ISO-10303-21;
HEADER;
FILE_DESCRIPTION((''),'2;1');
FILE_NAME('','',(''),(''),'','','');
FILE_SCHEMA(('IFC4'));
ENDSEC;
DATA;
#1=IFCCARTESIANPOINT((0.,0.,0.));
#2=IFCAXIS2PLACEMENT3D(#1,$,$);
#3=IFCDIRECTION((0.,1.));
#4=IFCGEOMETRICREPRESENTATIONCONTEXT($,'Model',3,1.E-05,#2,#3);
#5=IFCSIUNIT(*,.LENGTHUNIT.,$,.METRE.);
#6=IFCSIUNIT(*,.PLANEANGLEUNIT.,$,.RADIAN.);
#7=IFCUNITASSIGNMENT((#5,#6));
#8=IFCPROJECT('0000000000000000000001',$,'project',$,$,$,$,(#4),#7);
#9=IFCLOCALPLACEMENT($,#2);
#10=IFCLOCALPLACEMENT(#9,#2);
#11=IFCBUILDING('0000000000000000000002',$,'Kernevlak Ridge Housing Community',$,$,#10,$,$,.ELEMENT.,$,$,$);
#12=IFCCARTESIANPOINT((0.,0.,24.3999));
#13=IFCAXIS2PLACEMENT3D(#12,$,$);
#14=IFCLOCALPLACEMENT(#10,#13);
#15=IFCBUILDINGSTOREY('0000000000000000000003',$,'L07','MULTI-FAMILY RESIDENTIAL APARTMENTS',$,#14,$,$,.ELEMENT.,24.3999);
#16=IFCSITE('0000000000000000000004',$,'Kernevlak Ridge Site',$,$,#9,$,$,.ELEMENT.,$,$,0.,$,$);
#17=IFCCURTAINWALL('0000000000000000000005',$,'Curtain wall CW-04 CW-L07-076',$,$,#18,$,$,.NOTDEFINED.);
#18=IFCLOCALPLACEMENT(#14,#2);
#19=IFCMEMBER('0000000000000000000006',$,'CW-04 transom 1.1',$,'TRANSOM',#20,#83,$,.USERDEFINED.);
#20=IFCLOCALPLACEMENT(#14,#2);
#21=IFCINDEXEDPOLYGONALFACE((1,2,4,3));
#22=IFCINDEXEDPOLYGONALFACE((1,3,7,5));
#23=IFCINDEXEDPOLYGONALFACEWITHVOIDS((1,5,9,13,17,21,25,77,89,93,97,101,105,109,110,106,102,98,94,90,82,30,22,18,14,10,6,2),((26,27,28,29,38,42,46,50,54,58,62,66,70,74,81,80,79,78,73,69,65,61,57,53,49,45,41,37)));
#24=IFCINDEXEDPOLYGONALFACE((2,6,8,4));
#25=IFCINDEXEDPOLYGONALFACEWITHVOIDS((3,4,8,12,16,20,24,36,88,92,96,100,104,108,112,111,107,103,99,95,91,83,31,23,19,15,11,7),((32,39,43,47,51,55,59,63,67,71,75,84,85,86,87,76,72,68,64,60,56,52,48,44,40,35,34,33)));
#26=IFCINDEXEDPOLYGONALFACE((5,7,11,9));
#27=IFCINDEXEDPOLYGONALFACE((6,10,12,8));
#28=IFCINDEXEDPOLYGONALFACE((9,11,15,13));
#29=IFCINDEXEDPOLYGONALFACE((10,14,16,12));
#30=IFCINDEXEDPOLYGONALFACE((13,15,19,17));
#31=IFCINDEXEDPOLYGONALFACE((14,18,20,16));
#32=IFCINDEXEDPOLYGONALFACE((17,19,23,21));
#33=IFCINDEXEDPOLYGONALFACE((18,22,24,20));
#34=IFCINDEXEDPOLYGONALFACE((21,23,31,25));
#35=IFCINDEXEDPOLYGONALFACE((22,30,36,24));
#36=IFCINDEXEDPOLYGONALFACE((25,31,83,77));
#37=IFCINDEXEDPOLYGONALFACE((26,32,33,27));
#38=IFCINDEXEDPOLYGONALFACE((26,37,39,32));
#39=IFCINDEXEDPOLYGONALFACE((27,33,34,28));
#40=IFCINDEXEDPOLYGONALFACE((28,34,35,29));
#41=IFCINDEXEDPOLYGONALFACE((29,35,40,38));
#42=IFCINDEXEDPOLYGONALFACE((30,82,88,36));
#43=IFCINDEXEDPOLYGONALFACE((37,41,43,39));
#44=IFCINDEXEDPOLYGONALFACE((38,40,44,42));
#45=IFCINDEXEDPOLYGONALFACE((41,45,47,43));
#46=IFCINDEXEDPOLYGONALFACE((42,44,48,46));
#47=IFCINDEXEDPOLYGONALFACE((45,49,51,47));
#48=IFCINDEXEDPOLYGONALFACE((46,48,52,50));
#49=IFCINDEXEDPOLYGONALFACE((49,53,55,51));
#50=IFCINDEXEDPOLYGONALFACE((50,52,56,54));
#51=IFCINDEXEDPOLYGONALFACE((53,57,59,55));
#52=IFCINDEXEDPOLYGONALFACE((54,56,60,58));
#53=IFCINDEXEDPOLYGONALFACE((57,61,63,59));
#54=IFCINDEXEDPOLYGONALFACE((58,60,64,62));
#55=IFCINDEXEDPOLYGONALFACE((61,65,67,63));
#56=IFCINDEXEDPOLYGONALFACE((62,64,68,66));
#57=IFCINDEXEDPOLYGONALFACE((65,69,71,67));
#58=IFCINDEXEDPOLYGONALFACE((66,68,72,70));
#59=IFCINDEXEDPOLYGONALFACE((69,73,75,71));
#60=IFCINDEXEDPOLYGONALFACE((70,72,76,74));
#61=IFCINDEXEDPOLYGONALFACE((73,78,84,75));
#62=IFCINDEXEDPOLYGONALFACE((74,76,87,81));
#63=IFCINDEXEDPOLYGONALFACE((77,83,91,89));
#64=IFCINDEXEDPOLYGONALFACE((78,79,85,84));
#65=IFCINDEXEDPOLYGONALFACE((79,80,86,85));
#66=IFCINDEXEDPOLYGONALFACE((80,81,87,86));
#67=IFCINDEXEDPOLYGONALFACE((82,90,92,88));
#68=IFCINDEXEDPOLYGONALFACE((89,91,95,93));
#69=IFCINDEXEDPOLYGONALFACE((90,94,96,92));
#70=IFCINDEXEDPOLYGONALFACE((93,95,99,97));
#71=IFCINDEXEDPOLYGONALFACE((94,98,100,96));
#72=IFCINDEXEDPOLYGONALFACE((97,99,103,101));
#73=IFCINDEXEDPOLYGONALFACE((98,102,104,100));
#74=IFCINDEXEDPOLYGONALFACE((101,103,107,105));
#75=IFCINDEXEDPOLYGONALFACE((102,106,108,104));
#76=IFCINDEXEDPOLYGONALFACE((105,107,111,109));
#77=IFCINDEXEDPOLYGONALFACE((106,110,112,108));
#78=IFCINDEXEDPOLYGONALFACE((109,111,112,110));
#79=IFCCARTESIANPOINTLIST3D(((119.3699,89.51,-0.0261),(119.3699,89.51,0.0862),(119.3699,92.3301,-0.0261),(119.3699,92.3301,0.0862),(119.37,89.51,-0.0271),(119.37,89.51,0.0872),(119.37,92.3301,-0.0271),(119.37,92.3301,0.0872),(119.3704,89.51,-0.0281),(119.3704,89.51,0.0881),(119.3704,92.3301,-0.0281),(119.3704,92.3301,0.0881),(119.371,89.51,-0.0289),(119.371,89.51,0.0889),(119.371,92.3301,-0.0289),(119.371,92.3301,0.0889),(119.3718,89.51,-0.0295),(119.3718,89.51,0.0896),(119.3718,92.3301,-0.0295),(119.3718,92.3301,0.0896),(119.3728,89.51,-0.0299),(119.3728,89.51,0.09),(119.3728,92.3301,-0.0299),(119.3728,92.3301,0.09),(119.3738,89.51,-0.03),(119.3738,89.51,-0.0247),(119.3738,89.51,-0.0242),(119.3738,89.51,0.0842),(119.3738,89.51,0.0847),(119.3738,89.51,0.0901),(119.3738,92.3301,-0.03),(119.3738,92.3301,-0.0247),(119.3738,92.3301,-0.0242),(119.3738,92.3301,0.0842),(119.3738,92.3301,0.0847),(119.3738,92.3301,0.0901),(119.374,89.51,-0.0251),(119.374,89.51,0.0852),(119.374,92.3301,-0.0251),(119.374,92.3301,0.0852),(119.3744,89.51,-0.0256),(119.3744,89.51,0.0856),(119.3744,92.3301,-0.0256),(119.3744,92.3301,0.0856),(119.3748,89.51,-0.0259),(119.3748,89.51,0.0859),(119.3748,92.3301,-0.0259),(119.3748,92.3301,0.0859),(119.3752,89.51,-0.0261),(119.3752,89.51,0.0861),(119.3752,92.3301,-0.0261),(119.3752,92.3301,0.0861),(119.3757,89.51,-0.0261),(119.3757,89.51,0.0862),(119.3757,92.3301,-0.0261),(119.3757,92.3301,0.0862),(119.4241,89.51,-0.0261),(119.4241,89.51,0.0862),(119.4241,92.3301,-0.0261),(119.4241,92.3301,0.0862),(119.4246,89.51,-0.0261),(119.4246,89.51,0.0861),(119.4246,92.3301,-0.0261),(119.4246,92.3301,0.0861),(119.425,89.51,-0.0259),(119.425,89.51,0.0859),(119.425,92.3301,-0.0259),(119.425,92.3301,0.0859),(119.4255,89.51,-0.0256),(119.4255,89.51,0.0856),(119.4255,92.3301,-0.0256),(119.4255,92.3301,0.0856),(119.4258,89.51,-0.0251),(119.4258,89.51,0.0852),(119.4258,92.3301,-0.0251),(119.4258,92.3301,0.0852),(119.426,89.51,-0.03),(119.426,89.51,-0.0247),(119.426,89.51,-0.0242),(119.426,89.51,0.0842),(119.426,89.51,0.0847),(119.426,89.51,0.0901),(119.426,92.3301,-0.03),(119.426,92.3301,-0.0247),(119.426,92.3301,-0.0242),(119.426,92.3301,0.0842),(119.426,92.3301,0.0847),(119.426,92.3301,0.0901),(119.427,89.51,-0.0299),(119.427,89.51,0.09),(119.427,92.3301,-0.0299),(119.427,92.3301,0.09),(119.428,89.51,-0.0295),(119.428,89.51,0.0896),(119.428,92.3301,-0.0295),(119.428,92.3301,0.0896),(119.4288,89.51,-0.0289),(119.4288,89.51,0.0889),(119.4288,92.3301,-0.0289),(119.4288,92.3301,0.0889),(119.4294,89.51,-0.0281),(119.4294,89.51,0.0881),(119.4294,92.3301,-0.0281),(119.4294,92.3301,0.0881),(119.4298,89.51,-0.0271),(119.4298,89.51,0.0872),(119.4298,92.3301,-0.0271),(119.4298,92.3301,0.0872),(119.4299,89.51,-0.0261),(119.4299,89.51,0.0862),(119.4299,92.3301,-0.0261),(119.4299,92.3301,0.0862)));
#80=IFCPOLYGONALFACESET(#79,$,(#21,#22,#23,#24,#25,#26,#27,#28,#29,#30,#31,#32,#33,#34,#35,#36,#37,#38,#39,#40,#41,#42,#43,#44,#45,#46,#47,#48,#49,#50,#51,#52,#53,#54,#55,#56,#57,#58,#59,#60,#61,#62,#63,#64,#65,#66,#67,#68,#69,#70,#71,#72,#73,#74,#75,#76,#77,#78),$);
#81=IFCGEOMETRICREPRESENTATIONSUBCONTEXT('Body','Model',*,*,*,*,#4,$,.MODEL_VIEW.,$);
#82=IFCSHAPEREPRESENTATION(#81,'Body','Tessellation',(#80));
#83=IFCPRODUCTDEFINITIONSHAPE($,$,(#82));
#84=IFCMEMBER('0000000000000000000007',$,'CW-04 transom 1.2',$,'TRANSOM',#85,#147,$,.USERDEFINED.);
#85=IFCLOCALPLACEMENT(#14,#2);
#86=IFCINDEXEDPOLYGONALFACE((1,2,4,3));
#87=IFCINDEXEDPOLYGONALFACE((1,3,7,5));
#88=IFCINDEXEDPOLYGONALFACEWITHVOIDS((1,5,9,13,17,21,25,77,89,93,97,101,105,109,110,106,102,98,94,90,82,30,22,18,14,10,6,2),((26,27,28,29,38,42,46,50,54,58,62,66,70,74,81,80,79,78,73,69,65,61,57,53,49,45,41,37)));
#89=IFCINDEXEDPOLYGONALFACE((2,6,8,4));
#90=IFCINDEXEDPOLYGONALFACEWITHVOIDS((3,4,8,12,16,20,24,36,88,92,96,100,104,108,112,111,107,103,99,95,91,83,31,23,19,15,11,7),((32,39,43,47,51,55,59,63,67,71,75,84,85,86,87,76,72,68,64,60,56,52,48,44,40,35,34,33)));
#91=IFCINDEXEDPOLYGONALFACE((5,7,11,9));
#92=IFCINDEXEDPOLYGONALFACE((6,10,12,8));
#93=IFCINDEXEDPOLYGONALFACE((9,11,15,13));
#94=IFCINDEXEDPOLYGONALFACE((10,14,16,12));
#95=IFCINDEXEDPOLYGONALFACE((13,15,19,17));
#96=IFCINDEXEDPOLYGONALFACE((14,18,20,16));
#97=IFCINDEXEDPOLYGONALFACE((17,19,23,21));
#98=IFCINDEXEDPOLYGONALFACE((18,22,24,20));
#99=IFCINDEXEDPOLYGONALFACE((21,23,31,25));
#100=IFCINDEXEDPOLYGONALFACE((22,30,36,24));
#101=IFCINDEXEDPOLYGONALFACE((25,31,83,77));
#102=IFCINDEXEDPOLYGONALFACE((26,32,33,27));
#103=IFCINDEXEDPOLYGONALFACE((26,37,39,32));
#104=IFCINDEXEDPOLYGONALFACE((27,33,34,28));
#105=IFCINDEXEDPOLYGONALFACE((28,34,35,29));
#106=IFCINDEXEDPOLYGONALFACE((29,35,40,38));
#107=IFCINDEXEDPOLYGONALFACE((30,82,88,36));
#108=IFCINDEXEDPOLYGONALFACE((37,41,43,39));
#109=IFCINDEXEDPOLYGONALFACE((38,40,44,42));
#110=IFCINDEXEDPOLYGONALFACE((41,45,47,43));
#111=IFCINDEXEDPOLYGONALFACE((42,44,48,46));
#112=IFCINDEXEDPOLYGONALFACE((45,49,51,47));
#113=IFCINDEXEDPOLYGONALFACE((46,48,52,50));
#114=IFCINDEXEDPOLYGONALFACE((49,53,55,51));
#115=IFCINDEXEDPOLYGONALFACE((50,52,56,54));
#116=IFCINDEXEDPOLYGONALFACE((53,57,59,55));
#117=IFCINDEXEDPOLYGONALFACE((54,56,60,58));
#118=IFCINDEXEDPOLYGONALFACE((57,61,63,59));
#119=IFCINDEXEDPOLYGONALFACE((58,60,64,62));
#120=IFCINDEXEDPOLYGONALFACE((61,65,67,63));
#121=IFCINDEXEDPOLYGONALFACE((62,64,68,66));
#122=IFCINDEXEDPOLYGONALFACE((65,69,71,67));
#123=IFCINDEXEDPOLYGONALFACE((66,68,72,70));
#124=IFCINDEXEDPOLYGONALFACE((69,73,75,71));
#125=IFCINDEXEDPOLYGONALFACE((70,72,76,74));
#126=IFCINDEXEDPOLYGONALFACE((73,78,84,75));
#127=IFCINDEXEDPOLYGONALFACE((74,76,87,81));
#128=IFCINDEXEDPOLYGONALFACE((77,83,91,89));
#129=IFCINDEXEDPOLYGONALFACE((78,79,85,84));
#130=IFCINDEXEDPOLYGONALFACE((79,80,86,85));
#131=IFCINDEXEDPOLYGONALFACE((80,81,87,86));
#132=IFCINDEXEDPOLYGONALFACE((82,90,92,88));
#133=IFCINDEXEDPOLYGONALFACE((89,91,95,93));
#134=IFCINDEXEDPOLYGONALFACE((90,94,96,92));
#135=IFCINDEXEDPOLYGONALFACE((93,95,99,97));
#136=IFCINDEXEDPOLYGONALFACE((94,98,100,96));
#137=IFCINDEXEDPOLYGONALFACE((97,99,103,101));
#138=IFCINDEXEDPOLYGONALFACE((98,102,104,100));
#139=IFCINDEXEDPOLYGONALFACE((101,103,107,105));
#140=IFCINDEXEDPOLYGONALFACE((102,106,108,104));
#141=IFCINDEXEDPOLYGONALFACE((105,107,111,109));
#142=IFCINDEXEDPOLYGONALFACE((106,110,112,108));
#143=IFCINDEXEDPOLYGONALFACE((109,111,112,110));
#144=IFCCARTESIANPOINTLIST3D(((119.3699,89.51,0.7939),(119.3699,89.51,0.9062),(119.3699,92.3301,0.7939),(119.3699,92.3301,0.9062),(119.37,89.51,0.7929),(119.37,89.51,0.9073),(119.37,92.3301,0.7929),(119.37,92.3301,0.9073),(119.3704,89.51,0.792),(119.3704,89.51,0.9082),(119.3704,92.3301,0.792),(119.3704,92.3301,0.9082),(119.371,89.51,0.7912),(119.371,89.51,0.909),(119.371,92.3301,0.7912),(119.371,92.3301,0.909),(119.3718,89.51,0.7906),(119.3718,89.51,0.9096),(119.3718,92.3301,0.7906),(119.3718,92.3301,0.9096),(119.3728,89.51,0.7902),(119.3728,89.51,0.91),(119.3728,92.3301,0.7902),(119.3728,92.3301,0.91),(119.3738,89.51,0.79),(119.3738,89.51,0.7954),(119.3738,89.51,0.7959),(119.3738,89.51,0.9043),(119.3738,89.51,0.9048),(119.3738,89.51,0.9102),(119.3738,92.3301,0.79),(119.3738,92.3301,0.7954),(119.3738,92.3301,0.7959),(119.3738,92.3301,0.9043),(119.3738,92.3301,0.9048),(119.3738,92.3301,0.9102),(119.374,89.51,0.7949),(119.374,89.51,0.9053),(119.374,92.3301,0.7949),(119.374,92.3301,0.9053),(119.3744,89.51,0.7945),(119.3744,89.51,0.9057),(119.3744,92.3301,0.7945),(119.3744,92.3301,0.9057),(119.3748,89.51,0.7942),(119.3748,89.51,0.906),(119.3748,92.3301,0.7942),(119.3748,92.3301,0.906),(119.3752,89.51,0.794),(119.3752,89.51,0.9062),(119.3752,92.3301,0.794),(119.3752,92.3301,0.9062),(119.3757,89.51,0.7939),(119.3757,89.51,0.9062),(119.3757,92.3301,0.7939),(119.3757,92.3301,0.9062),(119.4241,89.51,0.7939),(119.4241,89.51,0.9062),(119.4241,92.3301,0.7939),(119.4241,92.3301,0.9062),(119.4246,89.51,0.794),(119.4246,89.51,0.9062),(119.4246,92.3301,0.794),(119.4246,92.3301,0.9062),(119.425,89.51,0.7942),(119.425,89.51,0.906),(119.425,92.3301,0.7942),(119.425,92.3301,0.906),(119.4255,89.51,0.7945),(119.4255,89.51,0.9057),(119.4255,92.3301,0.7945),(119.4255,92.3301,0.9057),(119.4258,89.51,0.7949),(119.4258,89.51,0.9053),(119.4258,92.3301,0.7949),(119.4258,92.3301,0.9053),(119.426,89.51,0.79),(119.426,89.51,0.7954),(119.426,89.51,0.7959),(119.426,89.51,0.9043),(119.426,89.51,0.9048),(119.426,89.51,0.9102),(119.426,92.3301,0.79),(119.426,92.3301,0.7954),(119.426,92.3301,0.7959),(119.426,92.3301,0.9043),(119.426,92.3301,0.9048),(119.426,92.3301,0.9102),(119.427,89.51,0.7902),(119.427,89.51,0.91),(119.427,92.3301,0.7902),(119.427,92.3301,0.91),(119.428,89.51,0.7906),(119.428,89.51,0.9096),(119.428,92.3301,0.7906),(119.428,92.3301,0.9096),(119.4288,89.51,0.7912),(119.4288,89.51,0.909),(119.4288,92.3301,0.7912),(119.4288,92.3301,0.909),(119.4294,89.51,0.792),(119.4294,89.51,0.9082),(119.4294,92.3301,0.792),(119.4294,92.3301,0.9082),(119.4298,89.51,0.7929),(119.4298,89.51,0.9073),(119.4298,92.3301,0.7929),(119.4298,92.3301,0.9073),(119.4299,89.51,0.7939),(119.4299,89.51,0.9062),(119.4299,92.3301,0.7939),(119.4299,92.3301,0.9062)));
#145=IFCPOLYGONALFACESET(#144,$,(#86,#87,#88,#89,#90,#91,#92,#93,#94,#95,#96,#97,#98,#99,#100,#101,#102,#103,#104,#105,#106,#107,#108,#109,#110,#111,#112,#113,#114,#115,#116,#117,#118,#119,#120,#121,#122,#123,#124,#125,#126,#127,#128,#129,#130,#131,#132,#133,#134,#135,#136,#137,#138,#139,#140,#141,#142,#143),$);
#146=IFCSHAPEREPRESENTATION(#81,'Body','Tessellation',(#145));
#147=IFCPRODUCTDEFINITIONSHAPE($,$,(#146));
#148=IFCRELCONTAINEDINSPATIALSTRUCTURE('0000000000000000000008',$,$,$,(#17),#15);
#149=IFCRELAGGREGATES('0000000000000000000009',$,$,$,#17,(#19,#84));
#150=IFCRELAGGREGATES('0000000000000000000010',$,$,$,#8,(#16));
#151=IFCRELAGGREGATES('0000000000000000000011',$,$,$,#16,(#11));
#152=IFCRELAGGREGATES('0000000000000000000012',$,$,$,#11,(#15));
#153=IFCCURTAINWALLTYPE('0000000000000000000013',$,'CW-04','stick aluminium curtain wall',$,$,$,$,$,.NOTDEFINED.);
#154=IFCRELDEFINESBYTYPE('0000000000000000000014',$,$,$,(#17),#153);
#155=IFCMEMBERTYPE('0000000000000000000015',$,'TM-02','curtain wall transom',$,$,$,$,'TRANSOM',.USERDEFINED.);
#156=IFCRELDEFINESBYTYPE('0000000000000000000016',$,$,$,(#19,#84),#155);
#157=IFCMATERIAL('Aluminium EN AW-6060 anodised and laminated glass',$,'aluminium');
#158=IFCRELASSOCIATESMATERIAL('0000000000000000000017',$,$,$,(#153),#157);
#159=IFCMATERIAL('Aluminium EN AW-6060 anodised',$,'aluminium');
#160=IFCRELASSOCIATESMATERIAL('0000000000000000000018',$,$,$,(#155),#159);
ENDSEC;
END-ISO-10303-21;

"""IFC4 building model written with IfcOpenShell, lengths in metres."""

from ifc_helpers import new_model, si_unit, direction, frame, origin, origin_2d, place, context, subcontext, project, spatial, hollow_rectangle, extrude, material, material_profile, profile_set, type_object, element, aggregate, save


model = new_model("IFC4")

# Units and contexts
model_context = context("Model", 3, precision=1e-05, world=origin(), true_north=direction((0.0, 1.0)))
body_context = subcontext(model_context, "Body", "Model", "MODEL_VIEW")
ifc_project = project(units=[si_unit("LENGTHUNIT", "METRE"), si_unit("PLANEANGLEUNIT", "RADIAN")], contexts=[model_context])

# Site, building, storey
site_placement = place(None, origin())
site = spatial("IfcSite", under=ifc_project, at=site_placement, Name="Kernevlak Ridge Site", CompositionType="ELEMENT", RefElevation=0.0)
building_placement = place(site_placement, origin())
building = spatial("IfcBuilding", under=site, at=building_placement, Name="Kernevlak Ridge Housing Community", CompositionType="ELEMENT")
storey_placement = place(building_placement, frame((0.0, 0.0, 24.3999)))
storey = spatial("IfcBuildingStorey", under=building, at=storey_placement, Name="L07", Description="MULTI-FAMILY RESIDENTIAL APARTMENTS", CompositionType="ELEMENT", Elevation=24.3999)

# Curtain wall
ifc_material_1 = material(Name="Aluminium EN AW-6060 anodised and laminated glass", Category="aluminium")
curtain_wall_type_1 = type_object("IfcCurtainWallType", Name="CW-04", Description="stick aluminium curtain wall", PredefinedType="NOTDEFINED", material=ifc_material_1)
curtain_wall_1_placement = place(storey_placement, origin())
curtain_wall_1 = element("IfcCurtainWall", 1, at=curtain_wall_1_placement, inside=storey, type_object=curtain_wall_type_1, Name="Curtain wall CW-04 CW-L07-076", PredefinedType="NOTDEFINED")
ifc_material_2 = material(Name="Aluminium EN AW-6060 anodised", Category="aluminium")

# Members
ifc_material_profile_1 = material_profile(ifc_material_2, hollow_rectangle(XDim=0.0601, YDim=0.1201, WallThickness=0.0039, InnerFilletRadius=0.002, OuterFilletRadius=0.0039, at=origin_2d()), Name="ALU 60x120x4")
ifc_profile_set_1 = profile_set([ifc_material_profile_1], Name="Aluminium EN AW-6060 anodised")
member_type_1 = type_object("IfcMemberType", Name="TM-02", Description="curtain wall transom", ElementType="TRANSOM", PredefinedType="USERDEFINED", material=ifc_profile_set_1)
member_1_placement = place(storey_placement, frame((119.3999, 89.51, 0.03), z_axis=(0.0, 1.0, 0.0), x_axis=(-1.0, 0.0, 0.0)))
member_1 = element("IfcMember", 2, at=member_1_placement, type_object=member_type_1, Name="CW-04 transom 1.1", ObjectType="TRANSOM", PredefinedType="USERDEFINED", context=body_context, shape_type="SweptSolid", body=[
    extrude(hollow_rectangle(XDim=0.0601, YDim=0.1201, WallThickness=0.0039, InnerFilletRadius=0.002, OuterFilletRadius=0.0039, at=origin_2d()), origin(), (0.0, 0.0, 1.0), 2.8201),
])
member_2_placement = place(storey_placement, frame((119.3999, 89.51, 0.8501), z_axis=(0.0, 1.0, 0.0), x_axis=(-1.0, 0.0, 0.0)))
member_2 = element("IfcMember", 3, at=member_2_placement, type_object=member_type_1, Name="CW-04 transom 1.2", ObjectType="TRANSOM", PredefinedType="USERDEFINED", context=body_context, shape_type="SweptSolid", body=[
    extrude(hollow_rectangle(XDim=0.0601, YDim=0.1201, WallThickness=0.0039, InnerFilletRadius=0.002, OuterFilletRadius=0.0039, at=origin_2d()), origin(), (0.0, 0.0, 1.0), 2.8201),
])

aggregate(curtain_wall_1, [member_1, member_2])

save(model, "model.ifc")
